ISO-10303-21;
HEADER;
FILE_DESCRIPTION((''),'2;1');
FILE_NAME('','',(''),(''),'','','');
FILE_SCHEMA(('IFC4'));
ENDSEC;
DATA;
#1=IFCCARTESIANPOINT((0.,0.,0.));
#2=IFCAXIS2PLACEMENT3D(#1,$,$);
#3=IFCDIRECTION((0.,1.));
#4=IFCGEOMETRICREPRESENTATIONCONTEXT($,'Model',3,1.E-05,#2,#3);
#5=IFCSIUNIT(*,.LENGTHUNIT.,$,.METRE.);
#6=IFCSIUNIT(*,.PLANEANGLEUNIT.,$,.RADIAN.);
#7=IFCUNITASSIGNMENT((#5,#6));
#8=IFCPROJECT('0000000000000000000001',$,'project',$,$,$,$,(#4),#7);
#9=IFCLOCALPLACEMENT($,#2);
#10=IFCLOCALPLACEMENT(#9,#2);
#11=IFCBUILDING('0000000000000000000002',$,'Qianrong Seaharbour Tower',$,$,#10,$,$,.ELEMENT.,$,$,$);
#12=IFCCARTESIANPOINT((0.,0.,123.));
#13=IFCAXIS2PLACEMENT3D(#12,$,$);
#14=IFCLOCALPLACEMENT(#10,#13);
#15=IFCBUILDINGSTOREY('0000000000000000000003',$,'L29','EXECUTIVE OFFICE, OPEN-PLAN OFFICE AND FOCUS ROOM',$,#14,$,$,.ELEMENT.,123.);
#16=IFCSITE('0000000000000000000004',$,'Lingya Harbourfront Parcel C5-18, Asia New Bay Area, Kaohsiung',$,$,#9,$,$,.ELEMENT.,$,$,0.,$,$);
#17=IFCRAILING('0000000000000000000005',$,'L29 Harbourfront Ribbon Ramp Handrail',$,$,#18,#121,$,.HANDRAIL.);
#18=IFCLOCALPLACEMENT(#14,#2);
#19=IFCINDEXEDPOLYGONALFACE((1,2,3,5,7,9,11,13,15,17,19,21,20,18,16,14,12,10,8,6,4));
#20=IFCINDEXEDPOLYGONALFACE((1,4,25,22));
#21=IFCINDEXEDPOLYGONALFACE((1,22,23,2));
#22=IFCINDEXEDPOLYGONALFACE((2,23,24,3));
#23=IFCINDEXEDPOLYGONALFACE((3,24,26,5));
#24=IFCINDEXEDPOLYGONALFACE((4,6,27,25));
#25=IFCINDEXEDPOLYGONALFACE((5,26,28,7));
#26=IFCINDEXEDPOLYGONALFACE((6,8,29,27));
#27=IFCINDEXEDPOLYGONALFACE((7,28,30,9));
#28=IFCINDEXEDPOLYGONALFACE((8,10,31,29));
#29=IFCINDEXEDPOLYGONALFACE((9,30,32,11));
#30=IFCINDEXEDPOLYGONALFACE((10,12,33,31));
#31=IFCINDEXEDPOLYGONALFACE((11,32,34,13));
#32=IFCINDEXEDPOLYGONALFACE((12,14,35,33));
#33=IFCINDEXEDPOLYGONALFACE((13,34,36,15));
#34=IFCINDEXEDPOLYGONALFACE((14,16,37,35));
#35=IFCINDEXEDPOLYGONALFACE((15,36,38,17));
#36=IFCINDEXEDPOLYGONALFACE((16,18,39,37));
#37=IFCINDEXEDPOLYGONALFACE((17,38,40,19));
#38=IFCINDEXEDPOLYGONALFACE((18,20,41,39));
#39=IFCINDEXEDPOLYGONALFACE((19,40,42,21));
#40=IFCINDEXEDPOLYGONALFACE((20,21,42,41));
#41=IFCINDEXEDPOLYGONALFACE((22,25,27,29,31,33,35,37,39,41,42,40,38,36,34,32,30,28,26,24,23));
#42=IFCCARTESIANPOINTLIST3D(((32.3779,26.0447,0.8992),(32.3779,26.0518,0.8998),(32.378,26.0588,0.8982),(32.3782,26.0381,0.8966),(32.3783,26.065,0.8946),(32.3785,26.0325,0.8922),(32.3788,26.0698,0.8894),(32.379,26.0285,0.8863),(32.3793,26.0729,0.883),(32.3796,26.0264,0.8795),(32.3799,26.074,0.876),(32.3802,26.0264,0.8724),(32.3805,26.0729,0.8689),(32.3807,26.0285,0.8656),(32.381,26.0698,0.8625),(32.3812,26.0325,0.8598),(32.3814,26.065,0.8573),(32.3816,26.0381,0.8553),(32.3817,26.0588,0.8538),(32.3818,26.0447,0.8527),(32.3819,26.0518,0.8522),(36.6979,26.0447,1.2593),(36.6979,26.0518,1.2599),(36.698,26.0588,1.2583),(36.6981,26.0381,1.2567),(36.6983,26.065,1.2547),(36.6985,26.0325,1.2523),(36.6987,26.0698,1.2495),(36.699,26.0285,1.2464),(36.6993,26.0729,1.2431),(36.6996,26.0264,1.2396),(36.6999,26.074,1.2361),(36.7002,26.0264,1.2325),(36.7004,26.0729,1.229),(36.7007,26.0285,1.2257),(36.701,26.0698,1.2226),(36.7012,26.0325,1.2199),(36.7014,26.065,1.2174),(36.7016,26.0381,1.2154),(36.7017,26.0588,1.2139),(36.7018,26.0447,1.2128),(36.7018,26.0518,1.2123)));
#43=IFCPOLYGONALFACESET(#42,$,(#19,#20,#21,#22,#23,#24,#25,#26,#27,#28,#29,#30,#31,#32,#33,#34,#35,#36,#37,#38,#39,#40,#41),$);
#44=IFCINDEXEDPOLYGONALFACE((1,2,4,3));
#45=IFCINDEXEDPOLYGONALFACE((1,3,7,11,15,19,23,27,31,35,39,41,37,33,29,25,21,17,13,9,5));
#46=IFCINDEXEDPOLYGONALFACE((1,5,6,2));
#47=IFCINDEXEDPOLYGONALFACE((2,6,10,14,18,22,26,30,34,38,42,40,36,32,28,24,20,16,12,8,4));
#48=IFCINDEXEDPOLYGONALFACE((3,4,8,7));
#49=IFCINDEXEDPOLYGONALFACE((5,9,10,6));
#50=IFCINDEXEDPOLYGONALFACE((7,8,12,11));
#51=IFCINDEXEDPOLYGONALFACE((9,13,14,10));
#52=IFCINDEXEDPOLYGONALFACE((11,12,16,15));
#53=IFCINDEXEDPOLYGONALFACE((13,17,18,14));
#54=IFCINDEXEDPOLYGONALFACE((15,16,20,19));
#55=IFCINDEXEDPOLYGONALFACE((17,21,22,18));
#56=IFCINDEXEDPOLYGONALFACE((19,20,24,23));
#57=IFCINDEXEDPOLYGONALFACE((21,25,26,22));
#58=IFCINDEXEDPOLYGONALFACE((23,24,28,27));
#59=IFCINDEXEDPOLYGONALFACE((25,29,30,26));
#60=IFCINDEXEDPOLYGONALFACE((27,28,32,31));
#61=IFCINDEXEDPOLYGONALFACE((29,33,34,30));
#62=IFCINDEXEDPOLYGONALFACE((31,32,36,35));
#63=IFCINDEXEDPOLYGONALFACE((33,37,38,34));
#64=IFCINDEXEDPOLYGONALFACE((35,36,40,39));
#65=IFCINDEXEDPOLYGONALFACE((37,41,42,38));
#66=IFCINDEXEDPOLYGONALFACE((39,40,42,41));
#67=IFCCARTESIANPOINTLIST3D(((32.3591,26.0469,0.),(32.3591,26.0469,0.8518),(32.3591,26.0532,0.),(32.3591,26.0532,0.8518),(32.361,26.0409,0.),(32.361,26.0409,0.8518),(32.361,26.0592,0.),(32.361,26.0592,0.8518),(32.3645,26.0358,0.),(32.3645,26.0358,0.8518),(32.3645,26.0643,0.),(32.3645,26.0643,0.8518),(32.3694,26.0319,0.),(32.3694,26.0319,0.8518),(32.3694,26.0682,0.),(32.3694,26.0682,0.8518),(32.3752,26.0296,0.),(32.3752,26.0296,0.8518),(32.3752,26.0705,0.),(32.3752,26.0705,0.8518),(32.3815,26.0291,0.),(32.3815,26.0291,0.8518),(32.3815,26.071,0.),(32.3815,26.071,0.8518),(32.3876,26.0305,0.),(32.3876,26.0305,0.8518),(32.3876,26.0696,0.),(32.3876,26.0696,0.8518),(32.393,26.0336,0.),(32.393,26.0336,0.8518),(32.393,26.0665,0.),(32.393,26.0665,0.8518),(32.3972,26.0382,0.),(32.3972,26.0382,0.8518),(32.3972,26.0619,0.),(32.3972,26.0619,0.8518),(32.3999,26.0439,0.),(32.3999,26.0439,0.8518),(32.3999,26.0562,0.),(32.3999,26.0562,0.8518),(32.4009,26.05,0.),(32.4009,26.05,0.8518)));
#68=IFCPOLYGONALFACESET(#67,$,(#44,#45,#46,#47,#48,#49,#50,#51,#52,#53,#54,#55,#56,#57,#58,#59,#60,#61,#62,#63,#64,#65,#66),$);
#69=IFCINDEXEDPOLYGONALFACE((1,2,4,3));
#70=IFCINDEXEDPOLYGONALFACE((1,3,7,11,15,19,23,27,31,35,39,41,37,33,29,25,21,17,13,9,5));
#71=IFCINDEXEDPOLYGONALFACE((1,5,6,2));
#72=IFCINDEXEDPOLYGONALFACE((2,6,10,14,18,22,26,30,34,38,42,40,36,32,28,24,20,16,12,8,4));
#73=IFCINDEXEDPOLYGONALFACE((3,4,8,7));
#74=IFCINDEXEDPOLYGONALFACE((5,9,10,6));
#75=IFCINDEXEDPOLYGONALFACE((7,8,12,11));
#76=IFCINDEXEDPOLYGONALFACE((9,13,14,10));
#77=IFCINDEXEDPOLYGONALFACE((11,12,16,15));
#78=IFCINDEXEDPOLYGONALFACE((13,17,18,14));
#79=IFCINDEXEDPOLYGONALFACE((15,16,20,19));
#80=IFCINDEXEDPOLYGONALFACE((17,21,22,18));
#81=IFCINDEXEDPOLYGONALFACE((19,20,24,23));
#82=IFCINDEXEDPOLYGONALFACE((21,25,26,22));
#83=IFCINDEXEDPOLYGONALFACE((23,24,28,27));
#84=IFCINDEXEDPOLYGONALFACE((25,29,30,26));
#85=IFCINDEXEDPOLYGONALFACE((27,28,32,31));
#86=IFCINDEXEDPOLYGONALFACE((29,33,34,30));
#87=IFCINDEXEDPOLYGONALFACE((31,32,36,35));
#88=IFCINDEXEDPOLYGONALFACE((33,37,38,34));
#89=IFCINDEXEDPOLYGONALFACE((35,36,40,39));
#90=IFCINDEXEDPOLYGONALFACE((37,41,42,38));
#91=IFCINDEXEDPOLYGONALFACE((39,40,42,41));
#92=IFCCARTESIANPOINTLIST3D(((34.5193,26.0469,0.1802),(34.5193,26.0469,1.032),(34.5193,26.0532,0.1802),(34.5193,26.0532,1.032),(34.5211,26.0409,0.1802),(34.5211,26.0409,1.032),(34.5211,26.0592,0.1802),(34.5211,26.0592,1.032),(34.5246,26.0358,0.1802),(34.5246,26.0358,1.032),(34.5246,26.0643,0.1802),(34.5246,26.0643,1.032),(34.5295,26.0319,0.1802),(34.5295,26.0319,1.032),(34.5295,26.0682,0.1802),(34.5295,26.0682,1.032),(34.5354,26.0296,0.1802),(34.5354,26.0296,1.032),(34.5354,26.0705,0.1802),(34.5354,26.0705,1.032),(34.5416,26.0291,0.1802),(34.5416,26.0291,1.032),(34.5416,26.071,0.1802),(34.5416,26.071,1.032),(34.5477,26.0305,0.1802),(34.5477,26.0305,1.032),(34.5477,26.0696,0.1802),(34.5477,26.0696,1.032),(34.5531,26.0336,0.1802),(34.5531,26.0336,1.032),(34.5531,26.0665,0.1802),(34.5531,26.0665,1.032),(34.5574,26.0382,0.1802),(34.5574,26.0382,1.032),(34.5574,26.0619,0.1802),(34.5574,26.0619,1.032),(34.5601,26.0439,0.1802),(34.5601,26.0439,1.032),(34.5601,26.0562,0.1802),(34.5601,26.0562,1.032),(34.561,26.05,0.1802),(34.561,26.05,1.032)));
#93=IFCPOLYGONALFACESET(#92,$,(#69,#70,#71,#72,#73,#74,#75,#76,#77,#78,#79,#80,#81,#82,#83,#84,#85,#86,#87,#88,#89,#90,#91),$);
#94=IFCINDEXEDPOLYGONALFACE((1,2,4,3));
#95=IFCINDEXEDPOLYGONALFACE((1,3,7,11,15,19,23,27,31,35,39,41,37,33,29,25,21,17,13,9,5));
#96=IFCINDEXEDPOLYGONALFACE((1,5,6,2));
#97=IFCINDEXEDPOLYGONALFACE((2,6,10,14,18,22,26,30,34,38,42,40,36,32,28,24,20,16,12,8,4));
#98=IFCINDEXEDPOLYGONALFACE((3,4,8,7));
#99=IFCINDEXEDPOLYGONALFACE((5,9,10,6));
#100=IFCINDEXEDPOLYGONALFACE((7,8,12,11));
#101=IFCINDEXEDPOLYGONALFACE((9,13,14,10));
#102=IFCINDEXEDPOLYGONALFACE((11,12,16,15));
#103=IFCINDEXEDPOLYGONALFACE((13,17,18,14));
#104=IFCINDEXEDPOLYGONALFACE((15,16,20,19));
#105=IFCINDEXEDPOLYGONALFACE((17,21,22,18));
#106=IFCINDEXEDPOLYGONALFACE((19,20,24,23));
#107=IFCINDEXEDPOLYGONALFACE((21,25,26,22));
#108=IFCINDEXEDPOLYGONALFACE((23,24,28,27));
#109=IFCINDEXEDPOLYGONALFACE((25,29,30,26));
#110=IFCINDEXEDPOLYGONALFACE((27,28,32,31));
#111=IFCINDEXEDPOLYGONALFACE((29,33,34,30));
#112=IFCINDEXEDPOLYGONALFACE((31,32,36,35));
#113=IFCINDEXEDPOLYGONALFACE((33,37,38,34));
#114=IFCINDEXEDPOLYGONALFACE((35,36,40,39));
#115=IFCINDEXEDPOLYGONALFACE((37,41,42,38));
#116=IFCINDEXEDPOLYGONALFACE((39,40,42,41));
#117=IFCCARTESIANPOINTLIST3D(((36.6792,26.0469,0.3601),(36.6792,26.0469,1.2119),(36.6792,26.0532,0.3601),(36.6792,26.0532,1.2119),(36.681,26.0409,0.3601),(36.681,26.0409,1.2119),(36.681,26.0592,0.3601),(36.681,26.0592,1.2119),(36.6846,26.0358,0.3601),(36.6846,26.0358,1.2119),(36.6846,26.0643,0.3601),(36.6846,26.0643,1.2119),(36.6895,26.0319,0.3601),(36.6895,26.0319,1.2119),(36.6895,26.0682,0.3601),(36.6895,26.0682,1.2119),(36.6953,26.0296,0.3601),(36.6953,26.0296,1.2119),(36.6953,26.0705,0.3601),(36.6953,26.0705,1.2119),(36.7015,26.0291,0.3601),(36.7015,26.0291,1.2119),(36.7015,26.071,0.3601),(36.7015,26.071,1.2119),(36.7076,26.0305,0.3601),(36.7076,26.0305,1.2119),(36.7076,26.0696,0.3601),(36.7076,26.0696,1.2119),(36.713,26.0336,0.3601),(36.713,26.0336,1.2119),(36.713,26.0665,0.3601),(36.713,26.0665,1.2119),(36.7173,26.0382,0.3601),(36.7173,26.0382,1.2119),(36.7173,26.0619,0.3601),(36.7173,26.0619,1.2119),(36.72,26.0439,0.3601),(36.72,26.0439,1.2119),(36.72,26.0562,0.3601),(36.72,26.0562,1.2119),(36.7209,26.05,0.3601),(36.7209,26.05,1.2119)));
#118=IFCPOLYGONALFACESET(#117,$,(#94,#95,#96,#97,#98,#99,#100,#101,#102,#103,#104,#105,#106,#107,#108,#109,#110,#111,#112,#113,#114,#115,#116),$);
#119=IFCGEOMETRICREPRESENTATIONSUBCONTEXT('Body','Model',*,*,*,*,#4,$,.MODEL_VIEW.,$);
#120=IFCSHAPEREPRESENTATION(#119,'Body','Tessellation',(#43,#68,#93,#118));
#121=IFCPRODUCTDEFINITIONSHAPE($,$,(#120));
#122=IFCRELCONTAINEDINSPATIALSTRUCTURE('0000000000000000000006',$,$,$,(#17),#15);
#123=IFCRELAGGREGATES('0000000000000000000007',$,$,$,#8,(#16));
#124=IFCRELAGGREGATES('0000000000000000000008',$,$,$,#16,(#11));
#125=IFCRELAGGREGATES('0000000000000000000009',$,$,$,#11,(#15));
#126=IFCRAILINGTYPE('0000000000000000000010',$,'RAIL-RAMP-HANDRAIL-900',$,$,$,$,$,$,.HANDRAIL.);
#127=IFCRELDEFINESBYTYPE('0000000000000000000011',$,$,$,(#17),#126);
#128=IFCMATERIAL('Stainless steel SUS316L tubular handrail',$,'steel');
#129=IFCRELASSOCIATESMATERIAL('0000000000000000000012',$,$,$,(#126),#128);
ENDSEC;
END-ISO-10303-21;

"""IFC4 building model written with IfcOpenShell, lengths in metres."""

from ifc_helpers import new_model, si_unit, direction, frame, origin, origin_2d, place, context, subcontext, project, spatial, circle, extrude, material, type_object, element, save


model = new_model("IFC4")

# Units and contexts
model_context = context("Model", 3, precision=1e-05, world=origin(), true_north=direction((0.0, 1.0)))
body_context = subcontext(model_context, "Body", "Model", "MODEL_VIEW")
ifc_project = project(units=[si_unit("LENGTHUNIT", "METRE"), si_unit("PLANEANGLEUNIT", "RADIAN")], contexts=[model_context])

# Site, building, storey
site_placement = place(None, origin())
site = spatial("IfcSite", under=ifc_project, at=site_placement, Name="Lingya Harbourfront Parcel C5-18, Asia New Bay Area, Kaohsiung", CompositionType="ELEMENT", RefElevation=0.0)
building_placement = place(site_placement, origin())
building = spatial("IfcBuilding", under=site, at=building_placement, Name="Qianrong Seaharbour Tower", CompositionType="ELEMENT")
storey_placement = place(building_placement, frame((0.0, 0.0, 123.0)))
storey = spatial("IfcBuildingStorey", under=building, at=storey_placement, Name="L29", Description="EXECUTIVE OFFICE, OPEN-PLAN OFFICE AND FOCUS ROOM", CompositionType="ELEMENT", Elevation=123.0)

# Railing
ifc_material_1 = material(Name="Stainless steel SUS316L tubular handrail", Category="steel")
railing_type = type_object("IfcRailingType", Name="RAIL-RAMP-HANDRAIL-900", PredefinedType="HANDRAIL", material=ifc_material_1)
railing_placement = place(storey_placement, frame((32.3799, 26.05, 0.0)))
element("IfcRailing", 1, at=railing_placement, inside=storey, type_object=railing_type, Name="L29 Harbourfront Ribbon Ramp Handrail", PredefinedType="HANDRAIL", context=body_context, shape_type="SweptSolid", body=[
    extrude(circle(Radius=0.0239, at=origin_2d()), frame((0.0, 0.0, 0.876), z_axis=(0.996544, 0.0, 0.083069), x_axis=(0.0, 1.0, 0.0)), (0.0, 0.0, 1.0), 4.335),
    extrude(circle(Radius=0.021, at=origin_2d()), origin(), (0.0, 0.0, 1.0), 0.8518),
    extrude(circle(Radius=0.021, at=origin_2d()), frame((2.1602, 0.0, 0.1802)), (0.0, 0.0, 1.0), 0.8518),
    extrude(circle(Radius=0.021, at=origin_2d()), frame((4.3201, 0.0, 0.3601)), (0.0, 0.0, 1.0), 0.8518),
])

save(model, "model.ifc")
